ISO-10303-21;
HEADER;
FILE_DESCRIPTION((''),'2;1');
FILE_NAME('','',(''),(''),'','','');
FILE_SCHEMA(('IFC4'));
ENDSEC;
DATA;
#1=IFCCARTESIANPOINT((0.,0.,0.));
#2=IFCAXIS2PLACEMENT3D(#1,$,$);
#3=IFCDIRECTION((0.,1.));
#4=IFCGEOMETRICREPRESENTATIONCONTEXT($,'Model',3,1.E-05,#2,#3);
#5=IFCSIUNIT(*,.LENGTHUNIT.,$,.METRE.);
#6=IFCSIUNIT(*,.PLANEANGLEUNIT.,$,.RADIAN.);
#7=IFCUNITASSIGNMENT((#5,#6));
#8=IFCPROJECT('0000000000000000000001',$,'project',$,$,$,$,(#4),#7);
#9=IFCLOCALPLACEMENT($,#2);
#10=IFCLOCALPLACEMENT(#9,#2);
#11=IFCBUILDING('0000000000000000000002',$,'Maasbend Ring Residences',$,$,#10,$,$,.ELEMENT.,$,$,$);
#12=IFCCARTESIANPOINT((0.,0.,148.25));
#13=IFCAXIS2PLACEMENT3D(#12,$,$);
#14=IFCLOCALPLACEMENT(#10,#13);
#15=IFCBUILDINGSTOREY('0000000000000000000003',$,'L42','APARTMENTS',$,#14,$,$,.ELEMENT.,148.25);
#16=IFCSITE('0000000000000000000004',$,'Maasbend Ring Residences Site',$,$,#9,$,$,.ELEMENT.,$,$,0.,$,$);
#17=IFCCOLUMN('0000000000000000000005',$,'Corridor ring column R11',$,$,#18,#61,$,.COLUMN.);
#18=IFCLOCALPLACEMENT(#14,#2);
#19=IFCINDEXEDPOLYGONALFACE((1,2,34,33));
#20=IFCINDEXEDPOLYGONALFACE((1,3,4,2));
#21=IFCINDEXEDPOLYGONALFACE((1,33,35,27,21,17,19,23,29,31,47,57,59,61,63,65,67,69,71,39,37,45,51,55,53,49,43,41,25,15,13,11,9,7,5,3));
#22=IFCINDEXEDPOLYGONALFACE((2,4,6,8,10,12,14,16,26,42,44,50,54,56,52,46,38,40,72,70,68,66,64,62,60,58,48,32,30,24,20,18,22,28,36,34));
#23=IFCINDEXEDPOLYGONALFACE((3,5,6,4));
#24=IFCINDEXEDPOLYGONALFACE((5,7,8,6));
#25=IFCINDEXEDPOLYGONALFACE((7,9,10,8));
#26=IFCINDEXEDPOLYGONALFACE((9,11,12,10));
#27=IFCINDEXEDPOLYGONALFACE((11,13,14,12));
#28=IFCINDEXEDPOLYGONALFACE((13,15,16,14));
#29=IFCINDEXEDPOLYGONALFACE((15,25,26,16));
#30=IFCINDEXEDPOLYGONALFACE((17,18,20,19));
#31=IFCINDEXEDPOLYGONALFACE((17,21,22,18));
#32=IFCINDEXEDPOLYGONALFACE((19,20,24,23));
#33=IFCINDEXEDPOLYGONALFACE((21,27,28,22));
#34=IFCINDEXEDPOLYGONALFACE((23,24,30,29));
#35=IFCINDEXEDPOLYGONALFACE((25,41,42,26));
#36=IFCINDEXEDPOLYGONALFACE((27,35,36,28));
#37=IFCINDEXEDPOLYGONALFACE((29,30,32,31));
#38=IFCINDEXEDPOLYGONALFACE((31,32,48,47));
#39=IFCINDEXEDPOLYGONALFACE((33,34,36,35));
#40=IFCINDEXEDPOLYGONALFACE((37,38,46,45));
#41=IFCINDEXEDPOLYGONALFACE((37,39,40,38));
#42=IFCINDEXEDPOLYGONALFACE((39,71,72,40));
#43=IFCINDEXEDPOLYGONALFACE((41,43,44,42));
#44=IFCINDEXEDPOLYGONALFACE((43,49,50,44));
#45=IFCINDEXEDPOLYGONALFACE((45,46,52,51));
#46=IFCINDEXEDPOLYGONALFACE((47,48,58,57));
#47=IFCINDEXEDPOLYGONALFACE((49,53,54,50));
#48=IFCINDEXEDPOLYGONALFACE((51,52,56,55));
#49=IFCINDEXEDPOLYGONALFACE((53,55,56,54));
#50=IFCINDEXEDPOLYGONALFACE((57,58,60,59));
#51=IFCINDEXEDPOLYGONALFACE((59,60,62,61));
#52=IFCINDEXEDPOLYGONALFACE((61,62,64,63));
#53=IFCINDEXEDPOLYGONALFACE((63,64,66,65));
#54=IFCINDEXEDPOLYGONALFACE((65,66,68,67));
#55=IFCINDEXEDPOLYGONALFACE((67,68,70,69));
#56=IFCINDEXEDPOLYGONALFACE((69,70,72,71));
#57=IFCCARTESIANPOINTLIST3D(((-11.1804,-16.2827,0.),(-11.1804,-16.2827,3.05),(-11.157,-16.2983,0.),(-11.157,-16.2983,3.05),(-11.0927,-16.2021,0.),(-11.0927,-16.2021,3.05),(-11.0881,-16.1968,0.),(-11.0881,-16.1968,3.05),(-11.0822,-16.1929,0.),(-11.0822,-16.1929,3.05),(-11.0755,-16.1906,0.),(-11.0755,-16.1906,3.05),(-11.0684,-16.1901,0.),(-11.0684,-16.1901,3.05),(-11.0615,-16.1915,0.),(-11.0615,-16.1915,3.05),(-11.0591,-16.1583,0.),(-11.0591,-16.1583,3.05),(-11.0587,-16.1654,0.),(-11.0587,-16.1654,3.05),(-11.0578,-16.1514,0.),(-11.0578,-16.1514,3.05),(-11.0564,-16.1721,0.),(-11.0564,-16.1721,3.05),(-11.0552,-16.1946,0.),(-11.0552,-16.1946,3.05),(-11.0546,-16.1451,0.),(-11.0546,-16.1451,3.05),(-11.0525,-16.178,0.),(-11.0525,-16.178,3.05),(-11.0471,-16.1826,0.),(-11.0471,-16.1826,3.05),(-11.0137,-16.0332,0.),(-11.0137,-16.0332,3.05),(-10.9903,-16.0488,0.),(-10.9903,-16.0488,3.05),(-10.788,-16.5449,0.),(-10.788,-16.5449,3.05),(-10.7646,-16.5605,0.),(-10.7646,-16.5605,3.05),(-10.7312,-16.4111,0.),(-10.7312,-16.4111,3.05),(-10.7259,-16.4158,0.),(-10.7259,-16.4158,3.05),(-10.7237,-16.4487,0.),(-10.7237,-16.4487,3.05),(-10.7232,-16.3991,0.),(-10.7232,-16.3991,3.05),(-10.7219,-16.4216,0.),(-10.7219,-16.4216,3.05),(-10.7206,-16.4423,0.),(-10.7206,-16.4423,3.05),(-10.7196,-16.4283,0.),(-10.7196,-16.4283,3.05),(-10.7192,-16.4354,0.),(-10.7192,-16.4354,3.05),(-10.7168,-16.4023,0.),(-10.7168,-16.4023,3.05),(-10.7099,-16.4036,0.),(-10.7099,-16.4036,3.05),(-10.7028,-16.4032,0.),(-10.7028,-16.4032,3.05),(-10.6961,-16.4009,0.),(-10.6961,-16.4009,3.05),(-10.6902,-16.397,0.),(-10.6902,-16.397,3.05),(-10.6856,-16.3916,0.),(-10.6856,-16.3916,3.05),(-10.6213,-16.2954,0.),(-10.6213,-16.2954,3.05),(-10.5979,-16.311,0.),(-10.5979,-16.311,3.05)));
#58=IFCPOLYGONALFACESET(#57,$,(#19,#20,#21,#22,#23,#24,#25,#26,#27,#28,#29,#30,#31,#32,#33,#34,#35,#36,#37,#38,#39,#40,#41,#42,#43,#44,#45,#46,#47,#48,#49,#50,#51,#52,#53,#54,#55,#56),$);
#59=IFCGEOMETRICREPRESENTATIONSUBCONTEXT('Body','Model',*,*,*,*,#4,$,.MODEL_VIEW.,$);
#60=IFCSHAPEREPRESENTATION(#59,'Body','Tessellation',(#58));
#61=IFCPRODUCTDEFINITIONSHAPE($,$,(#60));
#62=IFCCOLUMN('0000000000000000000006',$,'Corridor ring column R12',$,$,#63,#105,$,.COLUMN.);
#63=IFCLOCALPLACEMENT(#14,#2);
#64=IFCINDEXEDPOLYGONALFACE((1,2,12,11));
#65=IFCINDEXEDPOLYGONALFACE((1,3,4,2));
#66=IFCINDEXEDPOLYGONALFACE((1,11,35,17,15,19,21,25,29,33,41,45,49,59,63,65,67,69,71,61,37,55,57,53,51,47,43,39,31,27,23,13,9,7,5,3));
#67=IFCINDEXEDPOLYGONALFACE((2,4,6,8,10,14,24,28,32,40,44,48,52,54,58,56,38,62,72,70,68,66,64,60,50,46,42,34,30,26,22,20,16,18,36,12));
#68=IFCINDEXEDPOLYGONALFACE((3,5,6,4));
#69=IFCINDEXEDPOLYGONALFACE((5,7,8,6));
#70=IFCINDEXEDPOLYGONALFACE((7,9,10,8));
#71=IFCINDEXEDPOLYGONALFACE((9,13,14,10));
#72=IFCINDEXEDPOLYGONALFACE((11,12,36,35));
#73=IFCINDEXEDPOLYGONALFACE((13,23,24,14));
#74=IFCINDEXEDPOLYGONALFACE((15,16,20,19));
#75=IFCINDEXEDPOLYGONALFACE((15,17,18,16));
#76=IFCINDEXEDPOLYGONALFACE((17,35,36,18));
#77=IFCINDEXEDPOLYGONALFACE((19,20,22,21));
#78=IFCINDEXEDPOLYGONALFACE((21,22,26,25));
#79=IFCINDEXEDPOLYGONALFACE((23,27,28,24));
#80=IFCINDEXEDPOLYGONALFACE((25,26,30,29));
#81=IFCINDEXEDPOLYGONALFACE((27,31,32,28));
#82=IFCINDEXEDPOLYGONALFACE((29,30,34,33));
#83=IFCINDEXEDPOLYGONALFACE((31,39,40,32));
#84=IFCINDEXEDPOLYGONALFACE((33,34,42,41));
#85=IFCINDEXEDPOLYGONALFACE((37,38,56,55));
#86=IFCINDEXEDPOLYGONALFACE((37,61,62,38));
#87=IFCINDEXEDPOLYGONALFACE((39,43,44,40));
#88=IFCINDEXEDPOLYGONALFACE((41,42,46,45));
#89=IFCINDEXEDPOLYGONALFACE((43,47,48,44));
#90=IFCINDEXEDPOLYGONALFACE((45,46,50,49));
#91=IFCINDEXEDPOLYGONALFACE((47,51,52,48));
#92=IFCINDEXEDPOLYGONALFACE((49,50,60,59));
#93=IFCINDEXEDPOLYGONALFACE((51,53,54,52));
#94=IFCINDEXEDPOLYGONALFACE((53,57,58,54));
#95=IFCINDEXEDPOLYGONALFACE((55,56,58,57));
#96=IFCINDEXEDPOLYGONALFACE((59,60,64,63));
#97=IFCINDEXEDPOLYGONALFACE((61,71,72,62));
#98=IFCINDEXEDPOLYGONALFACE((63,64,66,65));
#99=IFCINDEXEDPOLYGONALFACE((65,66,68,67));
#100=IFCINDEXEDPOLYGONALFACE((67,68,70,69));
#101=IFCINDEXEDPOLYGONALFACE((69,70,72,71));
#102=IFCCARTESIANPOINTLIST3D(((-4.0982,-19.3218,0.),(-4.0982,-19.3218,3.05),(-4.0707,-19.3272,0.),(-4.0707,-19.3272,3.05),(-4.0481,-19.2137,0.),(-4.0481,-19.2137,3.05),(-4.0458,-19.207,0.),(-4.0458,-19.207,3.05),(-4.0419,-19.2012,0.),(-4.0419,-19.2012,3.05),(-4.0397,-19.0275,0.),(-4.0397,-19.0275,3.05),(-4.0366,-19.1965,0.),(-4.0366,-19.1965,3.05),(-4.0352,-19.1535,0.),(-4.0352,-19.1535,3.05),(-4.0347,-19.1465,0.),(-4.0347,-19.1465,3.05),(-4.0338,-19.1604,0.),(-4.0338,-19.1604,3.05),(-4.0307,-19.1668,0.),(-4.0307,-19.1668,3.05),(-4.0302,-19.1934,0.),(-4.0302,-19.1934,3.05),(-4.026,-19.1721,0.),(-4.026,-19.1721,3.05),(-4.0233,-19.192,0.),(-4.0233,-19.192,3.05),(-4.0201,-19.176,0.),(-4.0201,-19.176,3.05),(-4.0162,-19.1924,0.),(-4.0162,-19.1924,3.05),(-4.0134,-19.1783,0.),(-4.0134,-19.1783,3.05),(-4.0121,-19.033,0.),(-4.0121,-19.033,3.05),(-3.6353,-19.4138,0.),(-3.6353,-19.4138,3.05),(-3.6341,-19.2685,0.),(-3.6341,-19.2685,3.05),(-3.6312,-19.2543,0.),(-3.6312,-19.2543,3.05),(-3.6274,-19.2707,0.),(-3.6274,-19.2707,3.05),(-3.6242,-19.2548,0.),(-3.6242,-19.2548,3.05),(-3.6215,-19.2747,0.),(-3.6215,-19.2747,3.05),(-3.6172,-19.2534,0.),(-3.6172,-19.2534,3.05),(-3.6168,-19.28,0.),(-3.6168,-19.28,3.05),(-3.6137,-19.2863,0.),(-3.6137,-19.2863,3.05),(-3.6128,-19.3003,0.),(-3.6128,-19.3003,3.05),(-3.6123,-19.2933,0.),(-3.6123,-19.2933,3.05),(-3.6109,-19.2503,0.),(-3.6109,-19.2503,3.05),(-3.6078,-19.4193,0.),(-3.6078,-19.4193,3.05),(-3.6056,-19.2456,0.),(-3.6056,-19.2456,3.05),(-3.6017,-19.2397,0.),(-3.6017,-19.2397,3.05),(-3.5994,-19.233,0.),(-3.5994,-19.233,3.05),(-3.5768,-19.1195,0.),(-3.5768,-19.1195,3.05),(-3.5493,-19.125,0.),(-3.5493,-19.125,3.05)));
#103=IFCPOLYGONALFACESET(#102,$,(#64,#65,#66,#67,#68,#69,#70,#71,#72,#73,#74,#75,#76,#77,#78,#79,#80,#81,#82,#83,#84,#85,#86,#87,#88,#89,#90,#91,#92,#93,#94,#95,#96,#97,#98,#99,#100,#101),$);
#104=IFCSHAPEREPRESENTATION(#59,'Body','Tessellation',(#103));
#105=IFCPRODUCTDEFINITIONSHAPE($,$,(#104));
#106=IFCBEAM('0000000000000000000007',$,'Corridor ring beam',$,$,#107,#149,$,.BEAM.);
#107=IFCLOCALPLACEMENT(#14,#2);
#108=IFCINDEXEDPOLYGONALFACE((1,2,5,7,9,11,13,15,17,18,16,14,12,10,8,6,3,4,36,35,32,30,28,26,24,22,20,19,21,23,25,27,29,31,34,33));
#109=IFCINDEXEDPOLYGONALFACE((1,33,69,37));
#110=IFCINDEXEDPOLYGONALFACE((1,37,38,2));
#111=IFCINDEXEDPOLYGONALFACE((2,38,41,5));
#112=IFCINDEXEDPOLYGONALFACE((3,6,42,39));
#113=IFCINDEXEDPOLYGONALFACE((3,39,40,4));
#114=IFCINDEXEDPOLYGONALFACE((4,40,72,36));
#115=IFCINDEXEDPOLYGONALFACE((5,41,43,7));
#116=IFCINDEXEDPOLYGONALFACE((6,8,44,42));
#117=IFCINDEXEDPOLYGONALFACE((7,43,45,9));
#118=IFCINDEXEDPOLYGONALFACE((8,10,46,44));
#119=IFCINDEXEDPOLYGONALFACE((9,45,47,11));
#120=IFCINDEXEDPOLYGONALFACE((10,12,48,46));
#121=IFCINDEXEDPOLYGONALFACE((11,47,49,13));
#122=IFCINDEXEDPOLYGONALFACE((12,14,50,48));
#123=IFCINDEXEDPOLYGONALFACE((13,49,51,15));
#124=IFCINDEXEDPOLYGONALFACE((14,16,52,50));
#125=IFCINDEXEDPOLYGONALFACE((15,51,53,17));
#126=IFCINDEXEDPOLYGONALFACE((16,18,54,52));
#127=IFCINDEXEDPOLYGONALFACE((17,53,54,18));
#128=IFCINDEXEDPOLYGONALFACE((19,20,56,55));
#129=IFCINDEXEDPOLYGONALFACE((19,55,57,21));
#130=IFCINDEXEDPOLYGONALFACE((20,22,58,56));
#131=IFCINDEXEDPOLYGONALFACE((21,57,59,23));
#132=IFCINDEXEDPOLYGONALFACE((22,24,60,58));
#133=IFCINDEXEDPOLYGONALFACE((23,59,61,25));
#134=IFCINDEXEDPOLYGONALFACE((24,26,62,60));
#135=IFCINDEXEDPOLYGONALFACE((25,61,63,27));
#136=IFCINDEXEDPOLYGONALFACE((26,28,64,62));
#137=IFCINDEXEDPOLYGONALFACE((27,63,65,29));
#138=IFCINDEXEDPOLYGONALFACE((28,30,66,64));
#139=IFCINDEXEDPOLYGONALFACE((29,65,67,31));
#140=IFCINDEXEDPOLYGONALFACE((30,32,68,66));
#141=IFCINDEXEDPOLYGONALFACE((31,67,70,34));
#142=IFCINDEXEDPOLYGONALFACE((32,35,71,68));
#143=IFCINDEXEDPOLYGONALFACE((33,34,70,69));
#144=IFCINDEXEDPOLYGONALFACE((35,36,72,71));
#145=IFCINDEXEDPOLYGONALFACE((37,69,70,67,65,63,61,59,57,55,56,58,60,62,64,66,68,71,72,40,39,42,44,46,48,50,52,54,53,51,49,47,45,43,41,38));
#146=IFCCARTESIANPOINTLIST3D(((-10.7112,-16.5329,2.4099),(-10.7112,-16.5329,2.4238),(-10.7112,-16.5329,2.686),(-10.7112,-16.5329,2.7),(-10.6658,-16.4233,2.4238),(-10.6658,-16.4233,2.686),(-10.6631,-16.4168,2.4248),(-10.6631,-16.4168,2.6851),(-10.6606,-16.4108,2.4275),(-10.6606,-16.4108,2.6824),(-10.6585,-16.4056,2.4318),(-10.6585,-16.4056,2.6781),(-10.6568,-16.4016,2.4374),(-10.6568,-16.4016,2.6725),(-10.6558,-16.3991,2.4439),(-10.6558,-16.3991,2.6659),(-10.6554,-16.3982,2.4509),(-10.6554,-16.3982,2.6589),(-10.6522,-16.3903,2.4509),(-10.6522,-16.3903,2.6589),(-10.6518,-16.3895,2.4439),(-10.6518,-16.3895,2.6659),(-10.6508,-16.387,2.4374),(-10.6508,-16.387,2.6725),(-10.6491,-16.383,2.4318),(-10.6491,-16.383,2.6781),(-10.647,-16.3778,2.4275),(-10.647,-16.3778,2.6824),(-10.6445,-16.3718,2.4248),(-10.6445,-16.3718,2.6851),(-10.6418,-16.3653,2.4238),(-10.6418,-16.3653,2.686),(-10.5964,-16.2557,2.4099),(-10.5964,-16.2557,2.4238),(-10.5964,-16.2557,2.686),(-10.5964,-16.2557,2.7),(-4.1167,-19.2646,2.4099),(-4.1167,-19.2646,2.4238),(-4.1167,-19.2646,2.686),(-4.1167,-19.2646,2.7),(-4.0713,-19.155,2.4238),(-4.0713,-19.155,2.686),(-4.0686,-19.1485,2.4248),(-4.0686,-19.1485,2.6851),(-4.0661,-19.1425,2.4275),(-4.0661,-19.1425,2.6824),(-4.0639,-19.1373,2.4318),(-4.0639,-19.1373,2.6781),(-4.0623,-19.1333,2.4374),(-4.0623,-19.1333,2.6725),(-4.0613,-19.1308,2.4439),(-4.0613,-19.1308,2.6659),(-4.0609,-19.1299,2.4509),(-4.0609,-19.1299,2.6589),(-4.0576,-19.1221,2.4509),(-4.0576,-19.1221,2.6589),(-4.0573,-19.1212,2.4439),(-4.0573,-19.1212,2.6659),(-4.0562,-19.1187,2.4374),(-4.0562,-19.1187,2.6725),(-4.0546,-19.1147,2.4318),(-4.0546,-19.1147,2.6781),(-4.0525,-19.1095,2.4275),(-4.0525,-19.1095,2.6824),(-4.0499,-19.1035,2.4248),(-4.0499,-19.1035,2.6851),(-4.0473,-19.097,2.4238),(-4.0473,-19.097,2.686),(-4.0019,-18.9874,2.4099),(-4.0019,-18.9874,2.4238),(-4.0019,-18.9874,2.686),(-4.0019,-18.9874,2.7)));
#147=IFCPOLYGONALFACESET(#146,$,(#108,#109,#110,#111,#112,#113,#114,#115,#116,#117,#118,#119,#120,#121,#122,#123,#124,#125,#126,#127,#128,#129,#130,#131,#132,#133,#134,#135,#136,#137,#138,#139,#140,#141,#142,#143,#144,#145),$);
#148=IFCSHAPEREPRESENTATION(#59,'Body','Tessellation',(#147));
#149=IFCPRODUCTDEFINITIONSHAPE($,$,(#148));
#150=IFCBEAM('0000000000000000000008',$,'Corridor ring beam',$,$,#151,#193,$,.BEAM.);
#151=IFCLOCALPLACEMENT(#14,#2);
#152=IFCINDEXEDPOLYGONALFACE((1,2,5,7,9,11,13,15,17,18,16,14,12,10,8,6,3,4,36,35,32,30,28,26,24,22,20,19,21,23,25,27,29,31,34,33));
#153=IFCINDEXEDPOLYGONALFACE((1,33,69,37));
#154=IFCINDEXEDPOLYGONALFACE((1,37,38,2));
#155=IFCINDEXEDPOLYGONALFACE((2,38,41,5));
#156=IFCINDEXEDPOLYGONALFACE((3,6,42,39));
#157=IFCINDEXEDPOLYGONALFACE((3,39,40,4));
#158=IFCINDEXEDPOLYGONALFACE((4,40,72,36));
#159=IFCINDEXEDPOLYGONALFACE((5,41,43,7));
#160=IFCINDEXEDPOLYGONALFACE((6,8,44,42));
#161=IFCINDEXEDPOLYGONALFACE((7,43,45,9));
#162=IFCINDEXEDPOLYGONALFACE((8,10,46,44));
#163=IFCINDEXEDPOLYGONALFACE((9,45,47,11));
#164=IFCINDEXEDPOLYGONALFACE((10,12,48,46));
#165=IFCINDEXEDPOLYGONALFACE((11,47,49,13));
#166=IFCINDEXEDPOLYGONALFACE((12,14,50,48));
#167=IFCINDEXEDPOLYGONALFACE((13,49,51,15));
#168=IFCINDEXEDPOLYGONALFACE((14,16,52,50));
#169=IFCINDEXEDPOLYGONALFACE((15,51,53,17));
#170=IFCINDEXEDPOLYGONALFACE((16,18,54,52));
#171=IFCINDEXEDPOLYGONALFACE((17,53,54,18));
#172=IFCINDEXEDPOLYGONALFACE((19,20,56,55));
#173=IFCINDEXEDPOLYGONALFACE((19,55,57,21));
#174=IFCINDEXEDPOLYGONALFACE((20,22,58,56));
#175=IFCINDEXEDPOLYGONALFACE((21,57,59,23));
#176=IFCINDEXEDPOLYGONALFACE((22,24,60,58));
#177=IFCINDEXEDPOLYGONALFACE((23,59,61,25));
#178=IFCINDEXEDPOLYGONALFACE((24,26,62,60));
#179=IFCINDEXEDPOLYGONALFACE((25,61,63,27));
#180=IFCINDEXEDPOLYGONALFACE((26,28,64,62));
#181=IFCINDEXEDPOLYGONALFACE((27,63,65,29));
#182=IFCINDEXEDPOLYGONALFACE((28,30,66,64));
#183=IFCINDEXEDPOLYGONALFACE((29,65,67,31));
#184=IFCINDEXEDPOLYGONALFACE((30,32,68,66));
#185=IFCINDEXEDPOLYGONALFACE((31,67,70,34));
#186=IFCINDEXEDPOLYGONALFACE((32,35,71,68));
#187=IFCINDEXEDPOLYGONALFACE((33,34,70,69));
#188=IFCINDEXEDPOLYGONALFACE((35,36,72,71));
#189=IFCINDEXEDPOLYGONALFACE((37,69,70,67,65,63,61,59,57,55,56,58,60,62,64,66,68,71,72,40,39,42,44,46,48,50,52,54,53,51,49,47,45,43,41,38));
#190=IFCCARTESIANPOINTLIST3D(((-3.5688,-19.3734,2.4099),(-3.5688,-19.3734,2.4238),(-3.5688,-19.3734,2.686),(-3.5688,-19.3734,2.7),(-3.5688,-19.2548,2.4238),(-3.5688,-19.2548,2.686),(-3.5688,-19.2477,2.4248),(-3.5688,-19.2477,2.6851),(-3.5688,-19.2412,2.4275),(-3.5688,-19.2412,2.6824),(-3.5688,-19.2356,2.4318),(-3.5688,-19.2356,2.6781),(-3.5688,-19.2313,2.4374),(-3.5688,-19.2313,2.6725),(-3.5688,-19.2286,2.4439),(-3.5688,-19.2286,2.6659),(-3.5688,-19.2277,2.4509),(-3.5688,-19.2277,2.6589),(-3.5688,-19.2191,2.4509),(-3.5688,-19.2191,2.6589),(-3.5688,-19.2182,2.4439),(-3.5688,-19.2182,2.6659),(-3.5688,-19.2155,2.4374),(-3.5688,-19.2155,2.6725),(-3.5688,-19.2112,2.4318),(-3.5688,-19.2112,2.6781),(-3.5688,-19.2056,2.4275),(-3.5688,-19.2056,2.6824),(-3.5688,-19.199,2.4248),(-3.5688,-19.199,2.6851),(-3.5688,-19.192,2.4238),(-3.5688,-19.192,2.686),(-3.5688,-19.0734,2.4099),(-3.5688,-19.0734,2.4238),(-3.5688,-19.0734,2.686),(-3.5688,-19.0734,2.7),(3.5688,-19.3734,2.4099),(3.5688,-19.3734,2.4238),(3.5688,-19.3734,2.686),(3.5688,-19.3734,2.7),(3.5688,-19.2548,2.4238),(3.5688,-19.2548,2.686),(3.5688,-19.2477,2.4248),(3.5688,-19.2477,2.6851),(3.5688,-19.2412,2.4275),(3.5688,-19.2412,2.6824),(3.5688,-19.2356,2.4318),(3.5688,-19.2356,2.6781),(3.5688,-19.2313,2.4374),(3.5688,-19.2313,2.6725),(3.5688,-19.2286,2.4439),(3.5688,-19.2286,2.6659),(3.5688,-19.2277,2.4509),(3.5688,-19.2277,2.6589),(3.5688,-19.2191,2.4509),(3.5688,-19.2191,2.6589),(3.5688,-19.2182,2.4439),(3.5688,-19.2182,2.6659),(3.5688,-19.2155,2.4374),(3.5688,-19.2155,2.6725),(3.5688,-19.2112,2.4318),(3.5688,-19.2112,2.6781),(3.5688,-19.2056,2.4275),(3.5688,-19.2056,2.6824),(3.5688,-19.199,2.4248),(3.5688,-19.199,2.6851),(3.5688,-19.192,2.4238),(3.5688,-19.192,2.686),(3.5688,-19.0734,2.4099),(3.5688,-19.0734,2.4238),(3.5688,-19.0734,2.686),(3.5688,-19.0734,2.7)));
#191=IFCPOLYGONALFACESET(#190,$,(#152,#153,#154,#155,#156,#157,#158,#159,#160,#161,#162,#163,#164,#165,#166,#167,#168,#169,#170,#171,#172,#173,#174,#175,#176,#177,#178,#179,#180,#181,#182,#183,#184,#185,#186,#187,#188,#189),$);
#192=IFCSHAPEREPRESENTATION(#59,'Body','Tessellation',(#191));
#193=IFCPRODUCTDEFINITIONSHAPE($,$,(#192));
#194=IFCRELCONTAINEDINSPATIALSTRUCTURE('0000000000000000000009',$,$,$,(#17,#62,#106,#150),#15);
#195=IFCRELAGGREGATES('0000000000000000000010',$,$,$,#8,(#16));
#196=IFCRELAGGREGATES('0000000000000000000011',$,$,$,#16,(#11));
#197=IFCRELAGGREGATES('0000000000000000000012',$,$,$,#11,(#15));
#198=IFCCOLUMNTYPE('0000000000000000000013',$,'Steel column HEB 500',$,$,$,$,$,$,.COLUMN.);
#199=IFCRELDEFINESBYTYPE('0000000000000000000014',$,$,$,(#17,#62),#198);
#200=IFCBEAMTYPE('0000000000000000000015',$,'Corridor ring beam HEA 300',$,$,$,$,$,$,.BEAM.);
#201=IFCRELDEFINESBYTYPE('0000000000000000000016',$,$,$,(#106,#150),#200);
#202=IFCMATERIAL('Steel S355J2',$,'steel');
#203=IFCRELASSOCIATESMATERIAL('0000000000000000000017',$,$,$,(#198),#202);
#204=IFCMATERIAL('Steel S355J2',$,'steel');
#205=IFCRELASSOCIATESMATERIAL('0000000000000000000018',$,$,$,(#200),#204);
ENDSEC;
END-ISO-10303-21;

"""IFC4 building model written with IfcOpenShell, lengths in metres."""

from ifc_helpers import new_model, si_unit, direction, frame, origin, origin_2d, place, context, subcontext, project, spatial, i_section, extrude, material, material_profile, profile_set, type_object, element, save


model = new_model("IFC4")

# Units and contexts
model_context = context("Model", 3, precision=1e-05, world=origin(), true_north=direction((0.0, 1.0)))
body_context = subcontext(model_context, "Body", "Model", "MODEL_VIEW")
ifc_project = project(units=[si_unit("LENGTHUNIT", "METRE"), si_unit("PLANEANGLEUNIT", "RADIAN")], contexts=[model_context])

# Site, building, storey
site_placement = place(None, origin())
site = spatial("IfcSite", under=ifc_project, at=site_placement, Name="Maasbend Ring Residences Site", CompositionType="ELEMENT", RefElevation=0.0)
building_placement = place(site_placement, origin())
building = spatial("IfcBuilding", under=site, at=building_placement, Name="Maasbend Ring Residences", CompositionType="ELEMENT")
storey_placement = place(building_placement, frame((0.0, 0.0, 148.25)))
storey = spatial("IfcBuildingStorey", under=building, at=storey_placement, Name="L42", Description="APARTMENTS", CompositionType="ELEMENT", Elevation=148.25)

# Columns
ifc_material_1 = material(Name="Steel S355J2", Category="steel")
ifc_material_profile_1 = material_profile(ifc_material_1, i_section(OverallWidth=0.3, OverallDepth=0.5, WebThickness=0.0144, FlangeThickness=0.0281, FilletRadius=0.0271, at=origin_2d()), Name="HEB 500")
ifc_profile_set_1 = profile_set([ifc_material_profile_1], Name="Steel S355J2")
column_type = type_object("IfcColumnType", Name="Steel column HEB 500", PredefinedType="COLUMN", material=ifc_profile_set_1)
for number, where, z_axis, x_axis, name in (
    (1, (-10.8892, -16.2969, 0.0), (0.0, 0.0, 1.0), (-0.55557, -0.83147, 0.0), "Corridor ring column R11"),
    (2, (-3.8237, -19.2234, 0.0), (0.0, 0.0, 1.0), (-0.19509, -0.980785, 0.0), "Corridor ring column R12"),
):
    element("IfcColumn", number, at=place(storey_placement, frame(where, z_axis=z_axis, x_axis=x_axis)), inside=storey, type_object=column_type, Name=name, PredefinedType="COLUMN", context=body_context, shape_type="SweptSolid", body=[
        extrude(i_section(OverallWidth=0.3, OverallDepth=0.5, WebThickness=0.0144, FlangeThickness=0.0281, FilletRadius=0.0271, at=origin_2d()), origin(), (0.0, 0.0, 1.0), 3.05),
    ])

# Beams
ifc_material_2 = material(Name="Steel S355J2", Category="steel")
ifc_material_profile_2 = material_profile(ifc_material_2, i_section(OverallWidth=0.3, OverallDepth=0.29, WebThickness=0.0085, FlangeThickness=0.0139, FilletRadius=0.0271, at=origin_2d()), Name="HEA 300")
ifc_profile_set_2 = profile_set([ifc_material_profile_2], Name="Steel S355J2")
beam_type = type_object("IfcBeamType", Name="Corridor ring beam HEA 300", PredefinedType="BEAM", material=ifc_profile_set_2)
beam_1_placement = place(storey_placement, frame((-10.6538, -16.3943, 2.5549), z_axis=(0.923871, -0.382703, 0.0), x_axis=(0.382703, 0.923871, 0.0)))
element("IfcBeam", 3, at=beam_1_placement, inside=storey, type_object=beam_type, Name="Corridor ring beam", PredefinedType="BEAM", context=body_context, shape_type="SweptSolid", body=[
    extrude(i_section(OverallWidth=0.3, OverallDepth=0.29, WebThickness=0.0085, FlangeThickness=0.0139, FilletRadius=0.0271, at=origin_2d()), origin(), (0.0, 0.0, 1.0), 7.1379),
])
beam_2_placement = place(storey_placement, frame((-3.5688, -19.2234, 2.5549), z_axis=(1.0, 0.0, 0.0), x_axis=(0.0, 1.0, 0.0)))
element("IfcBeam", 4, at=beam_2_placement, inside=storey, type_object=beam_type, Name="Corridor ring beam", PredefinedType="BEAM", context=body_context, shape_type="SweptSolid", body=[
    extrude(i_section(OverallWidth=0.3, OverallDepth=0.29, WebThickness=0.0085, FlangeThickness=0.0139, FilletRadius=0.0271, at=origin_2d()), origin(), (0.0, 0.0, 1.0), 7.1377),
])

save(model, "model.ifc")
